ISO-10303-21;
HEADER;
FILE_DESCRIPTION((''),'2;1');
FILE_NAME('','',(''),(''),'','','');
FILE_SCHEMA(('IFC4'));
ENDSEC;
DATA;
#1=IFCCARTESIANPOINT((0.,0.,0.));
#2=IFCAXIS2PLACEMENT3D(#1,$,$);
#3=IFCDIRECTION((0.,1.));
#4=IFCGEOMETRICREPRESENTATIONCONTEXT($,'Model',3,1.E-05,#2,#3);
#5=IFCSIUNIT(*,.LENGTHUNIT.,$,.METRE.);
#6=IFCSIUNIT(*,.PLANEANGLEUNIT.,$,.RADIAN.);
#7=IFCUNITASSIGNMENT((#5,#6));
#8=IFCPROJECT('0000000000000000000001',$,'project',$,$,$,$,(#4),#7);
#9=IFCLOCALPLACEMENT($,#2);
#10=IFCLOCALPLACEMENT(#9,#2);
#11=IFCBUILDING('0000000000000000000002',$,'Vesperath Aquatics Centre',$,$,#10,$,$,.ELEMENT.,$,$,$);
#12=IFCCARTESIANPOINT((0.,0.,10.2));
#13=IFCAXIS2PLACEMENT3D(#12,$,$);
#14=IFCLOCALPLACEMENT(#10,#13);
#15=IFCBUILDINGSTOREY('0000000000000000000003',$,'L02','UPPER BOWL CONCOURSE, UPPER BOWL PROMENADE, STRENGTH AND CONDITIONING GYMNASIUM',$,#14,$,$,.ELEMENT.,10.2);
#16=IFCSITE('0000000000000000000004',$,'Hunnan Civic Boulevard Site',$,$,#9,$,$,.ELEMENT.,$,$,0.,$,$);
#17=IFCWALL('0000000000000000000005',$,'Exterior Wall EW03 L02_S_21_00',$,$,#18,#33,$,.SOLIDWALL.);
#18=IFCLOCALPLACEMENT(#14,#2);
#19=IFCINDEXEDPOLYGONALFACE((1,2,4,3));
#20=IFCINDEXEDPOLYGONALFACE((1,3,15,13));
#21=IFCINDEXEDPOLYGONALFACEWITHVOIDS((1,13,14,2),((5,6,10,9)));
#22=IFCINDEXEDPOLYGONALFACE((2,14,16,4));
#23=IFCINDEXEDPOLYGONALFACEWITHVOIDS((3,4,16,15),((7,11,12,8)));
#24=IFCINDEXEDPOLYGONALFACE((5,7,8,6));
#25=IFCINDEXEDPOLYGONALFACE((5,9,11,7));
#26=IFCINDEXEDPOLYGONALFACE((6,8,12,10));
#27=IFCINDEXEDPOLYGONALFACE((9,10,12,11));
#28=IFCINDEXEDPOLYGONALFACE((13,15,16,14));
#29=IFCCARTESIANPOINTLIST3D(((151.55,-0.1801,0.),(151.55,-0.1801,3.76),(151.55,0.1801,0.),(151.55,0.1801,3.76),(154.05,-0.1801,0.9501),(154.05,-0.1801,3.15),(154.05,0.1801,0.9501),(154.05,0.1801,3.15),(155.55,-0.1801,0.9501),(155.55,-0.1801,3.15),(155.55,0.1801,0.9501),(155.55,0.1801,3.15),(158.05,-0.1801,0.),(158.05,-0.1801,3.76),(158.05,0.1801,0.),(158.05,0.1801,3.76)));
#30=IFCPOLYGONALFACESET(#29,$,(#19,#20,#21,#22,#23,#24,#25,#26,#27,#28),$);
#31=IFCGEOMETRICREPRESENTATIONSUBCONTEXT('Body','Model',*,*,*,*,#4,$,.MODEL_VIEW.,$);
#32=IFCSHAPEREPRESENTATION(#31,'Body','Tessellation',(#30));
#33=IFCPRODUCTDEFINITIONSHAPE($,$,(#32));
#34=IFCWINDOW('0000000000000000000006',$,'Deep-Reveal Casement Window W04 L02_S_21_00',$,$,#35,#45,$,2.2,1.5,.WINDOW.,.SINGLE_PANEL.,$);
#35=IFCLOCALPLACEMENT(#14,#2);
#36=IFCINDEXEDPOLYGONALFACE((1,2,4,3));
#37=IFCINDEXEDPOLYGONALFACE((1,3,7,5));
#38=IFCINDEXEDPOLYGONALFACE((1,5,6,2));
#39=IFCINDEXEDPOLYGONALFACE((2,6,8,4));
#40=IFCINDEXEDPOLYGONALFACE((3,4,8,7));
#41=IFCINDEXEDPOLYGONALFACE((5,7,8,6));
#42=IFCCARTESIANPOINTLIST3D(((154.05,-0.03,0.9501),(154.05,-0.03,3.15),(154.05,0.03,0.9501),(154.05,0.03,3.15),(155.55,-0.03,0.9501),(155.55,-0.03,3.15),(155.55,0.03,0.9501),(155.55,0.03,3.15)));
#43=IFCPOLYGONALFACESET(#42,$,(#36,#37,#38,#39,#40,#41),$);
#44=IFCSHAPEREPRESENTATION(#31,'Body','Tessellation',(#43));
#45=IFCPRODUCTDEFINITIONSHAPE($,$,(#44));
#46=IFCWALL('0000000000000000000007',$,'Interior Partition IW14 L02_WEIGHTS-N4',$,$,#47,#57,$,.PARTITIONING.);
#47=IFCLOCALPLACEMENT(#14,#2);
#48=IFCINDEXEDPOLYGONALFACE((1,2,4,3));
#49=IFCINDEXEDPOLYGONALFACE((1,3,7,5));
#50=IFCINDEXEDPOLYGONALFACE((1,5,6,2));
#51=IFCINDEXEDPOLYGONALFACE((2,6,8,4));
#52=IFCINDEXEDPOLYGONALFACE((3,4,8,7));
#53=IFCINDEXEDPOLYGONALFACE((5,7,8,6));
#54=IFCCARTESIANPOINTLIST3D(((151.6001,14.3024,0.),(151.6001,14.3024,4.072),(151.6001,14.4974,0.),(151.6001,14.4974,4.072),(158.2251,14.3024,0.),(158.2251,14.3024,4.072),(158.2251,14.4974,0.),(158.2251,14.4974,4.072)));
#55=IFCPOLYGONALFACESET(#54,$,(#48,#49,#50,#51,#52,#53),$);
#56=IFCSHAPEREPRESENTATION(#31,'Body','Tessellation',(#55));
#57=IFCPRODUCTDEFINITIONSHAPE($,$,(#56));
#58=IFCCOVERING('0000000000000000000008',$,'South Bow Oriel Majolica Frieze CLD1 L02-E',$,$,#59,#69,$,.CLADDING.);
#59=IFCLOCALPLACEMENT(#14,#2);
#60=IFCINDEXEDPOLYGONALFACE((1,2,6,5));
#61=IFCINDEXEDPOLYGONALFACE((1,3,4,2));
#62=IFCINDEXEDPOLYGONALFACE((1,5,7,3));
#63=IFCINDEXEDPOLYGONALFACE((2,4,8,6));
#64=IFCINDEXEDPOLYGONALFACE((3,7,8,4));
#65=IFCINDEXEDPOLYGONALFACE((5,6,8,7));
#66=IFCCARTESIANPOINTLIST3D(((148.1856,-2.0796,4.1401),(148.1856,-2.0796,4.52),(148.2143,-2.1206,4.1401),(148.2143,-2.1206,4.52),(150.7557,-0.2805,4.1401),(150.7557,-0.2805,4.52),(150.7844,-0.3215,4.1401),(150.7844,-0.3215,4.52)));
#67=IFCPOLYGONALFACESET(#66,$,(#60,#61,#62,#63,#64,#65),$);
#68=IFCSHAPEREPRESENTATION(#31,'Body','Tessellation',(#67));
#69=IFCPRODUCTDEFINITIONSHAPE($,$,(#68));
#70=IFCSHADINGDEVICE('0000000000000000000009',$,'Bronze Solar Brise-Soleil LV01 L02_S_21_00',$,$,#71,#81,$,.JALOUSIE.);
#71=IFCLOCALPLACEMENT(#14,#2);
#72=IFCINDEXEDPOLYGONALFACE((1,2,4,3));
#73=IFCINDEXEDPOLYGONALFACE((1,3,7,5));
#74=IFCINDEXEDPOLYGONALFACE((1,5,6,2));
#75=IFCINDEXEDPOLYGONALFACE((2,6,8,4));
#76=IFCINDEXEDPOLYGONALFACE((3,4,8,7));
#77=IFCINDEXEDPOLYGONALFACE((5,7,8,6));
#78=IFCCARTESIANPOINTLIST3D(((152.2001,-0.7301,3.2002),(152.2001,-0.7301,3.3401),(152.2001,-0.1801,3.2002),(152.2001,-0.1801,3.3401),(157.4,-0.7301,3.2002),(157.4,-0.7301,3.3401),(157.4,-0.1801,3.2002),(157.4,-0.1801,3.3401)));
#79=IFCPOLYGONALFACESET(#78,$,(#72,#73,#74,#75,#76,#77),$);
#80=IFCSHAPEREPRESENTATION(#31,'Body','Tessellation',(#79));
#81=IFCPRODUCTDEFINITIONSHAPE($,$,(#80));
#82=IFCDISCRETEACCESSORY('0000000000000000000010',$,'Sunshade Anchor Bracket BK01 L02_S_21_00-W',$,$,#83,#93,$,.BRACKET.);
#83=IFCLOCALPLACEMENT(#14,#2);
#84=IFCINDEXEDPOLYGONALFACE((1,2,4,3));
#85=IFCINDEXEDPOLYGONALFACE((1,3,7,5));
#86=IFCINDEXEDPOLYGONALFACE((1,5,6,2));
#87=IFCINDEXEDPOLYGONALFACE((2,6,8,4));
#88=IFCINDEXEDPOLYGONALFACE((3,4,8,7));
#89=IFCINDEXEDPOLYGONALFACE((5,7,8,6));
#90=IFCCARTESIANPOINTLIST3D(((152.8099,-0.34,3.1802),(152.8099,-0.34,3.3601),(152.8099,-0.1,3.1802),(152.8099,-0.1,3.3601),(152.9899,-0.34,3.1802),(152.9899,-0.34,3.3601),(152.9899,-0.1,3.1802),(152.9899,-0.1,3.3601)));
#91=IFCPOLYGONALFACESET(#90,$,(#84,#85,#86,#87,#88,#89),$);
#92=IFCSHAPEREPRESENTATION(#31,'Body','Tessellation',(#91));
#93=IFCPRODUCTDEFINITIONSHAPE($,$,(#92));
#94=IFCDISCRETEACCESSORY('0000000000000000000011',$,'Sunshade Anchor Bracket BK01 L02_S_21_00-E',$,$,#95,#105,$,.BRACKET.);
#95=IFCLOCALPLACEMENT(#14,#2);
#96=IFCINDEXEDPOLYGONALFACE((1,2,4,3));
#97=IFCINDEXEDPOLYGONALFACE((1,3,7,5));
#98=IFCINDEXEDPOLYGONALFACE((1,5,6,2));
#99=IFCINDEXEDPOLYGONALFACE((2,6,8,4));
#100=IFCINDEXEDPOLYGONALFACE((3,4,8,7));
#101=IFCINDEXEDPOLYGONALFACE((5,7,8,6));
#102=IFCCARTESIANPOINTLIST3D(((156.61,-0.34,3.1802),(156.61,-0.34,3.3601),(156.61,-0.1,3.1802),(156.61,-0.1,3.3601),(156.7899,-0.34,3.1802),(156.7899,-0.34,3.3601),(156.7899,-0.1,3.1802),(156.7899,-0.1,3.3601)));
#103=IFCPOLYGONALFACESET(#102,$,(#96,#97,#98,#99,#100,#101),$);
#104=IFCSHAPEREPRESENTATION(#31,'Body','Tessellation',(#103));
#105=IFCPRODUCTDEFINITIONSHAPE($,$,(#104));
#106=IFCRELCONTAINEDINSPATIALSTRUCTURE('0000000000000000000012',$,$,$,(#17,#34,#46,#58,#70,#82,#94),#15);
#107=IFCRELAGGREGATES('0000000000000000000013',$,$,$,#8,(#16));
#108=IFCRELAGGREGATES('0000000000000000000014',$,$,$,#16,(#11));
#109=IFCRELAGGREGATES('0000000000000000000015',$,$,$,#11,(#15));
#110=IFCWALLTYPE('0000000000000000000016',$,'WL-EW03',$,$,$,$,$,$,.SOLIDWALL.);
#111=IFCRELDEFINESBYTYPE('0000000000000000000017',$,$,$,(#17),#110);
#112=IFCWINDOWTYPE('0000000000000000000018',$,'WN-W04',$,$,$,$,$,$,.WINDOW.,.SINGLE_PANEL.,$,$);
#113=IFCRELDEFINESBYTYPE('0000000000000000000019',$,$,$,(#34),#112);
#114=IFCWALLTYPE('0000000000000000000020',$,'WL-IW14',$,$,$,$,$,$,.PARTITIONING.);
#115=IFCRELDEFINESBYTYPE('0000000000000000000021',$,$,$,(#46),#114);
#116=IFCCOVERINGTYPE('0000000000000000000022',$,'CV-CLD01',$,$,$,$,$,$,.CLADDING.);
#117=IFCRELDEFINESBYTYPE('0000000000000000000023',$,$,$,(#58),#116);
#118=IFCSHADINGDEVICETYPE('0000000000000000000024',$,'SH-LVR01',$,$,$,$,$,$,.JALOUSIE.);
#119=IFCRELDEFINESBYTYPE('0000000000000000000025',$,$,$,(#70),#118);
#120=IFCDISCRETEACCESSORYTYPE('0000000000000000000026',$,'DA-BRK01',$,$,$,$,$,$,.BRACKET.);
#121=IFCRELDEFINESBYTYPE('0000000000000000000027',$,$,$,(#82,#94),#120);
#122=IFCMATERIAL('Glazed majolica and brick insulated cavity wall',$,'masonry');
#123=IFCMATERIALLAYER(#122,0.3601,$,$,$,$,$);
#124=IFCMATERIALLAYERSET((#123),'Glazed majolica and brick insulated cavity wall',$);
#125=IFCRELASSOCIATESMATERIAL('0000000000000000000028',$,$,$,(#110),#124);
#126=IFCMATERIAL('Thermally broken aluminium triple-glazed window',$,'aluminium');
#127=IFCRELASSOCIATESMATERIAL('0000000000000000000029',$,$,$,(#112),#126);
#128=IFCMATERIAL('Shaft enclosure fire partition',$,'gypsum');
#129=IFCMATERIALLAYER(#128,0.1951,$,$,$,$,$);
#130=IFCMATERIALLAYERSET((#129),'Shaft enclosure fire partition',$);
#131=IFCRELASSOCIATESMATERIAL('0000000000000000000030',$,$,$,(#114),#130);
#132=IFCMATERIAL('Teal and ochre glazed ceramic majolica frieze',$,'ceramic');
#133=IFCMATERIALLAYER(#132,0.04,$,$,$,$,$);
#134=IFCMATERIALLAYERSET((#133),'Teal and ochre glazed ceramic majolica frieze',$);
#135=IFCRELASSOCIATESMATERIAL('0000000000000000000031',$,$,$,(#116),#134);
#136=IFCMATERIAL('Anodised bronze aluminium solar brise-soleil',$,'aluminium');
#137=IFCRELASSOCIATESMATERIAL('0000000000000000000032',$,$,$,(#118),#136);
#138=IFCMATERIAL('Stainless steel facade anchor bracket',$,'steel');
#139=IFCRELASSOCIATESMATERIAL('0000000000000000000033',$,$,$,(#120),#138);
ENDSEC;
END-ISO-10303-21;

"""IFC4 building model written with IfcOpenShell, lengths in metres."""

from ifc_helpers import new_model, si_unit, direction, frame, frame_2d, origin, origin_2d, place, context, subcontext, project, spatial, rectangle, extrude, material, layer, layer_set, type_object, element, fill, save


model = new_model("IFC4")

# Units and contexts
model_context = context("Model", 3, precision=1e-05, world=origin(), true_north=direction((0.0, 1.0)))
body_context = subcontext(model_context, "Body", "Model", "MODEL_VIEW")
ifc_project = project(units=[si_unit("LENGTHUNIT", "METRE"), si_unit("PLANEANGLEUNIT", "RADIAN")], contexts=[model_context])

# Site, building, storey
site_placement = place(None, origin())
site = spatial("IfcSite", under=ifc_project, at=site_placement, Name="Hunnan Civic Boulevard Site", CompositionType="ELEMENT", RefElevation=0.0)
building_placement = place(site_placement, origin())
building = spatial("IfcBuilding", under=site, at=building_placement, Name="Vesperath Aquatics Centre", CompositionType="ELEMENT")
storey_placement = place(building_placement, frame((0.0, 0.0, 10.2)))
storey = spatial("IfcBuildingStorey", under=building, at=storey_placement, Name="L02", Description="UPPER BOWL CONCOURSE, UPPER BOWL PROMENADE, STRENGTH AND CONDITIONING GYMNASIUM", CompositionType="ELEMENT", Elevation=10.2)

# Wall, opening, window
ifc_material_1 = material(Name="Glazed majolica and brick insulated cavity wall", Category="masonry")
ifc_layer_1 = layer(ifc_material_1, 0.3601)
ifc_layer_set_1 = layer_set([ifc_layer_1], Name="Glazed majolica and brick insulated cavity wall")
wall_type_1 = type_object("IfcWallType", Name="WL-EW03", PredefinedType="SOLIDWALL", material=ifc_layer_set_1)
wall_1_placement = place(storey_placement, frame((151.55, 0.0, 0.0), z_axis=(0.0, 0.0, 1.0), x_axis=(1.0, 0.0, 0.0)))
wall_1 = element("IfcWall", 1, at=wall_1_placement, inside=storey, type_object=wall_type_1, Name="Exterior Wall EW03 L02_S_21_00", PredefinedType="SOLIDWALL", context=body_context, shape_type="SweptSolid", body=[
    extrude(rectangle(XDim=6.5, YDim=0.3601, at=frame_2d((3.25, 0.0))), origin(), (0.0, 0.0, 1.0), 3.76),
])
opening_placement = place(wall_1_placement, frame((2.5, 0.0, 0.95)))
opening = element("IfcOpeningElement", 2, at=opening_placement, cuts=wall_1, PredefinedType="OPENING", context=body_context, shape_type="SweptSolid", body=[
    extrude(rectangle(XDim=1.5, YDim=2.2, at=frame_2d((0.75, 1.1001))), frame((0.0, 0.1948, 0.0), z_axis=(0.0, -1.0, 0.0), x_axis=(1.0, 0.0, 0.0)), (0.0, 0.0, 1.0), 0.3899),
])
ifc_material_2 = material(Name="Thermally broken aluminium triple-glazed window", Category="aluminium")
window_type = type_object("IfcWindowType", Name="WN-W04", PartitioningType="SINGLE_PANEL", PredefinedType="WINDOW", material=ifc_material_2)
window_placement = place(opening_placement, origin())
window = element("IfcWindow", 3, at=window_placement, inside=storey, type_object=window_type, Name="Deep-Reveal Casement Window W04 L02_S_21_00", OverallHeight=2.2, OverallWidth=1.5, PartitioningType="SINGLE_PANEL", PredefinedType="WINDOW", context=body_context, shape_type="SweptSolid", body=[
    extrude(rectangle(XDim=1.5, YDim=2.2, at=frame_2d((0.75, 1.1001))), frame((0.0, 0.03, 0.0), z_axis=(0.0, -1.0, 0.0), x_axis=(1.0, 0.0, 0.0)), (0.0, 0.0, 1.0), 0.0601),
])
fill(opening, window)

# Wall
ifc_material_3 = material(Name="Shaft enclosure fire partition", Category="gypsum")
ifc_layer_2 = layer(ifc_material_3, 0.1951)
ifc_layer_set_2 = layer_set([ifc_layer_2], Name="Shaft enclosure fire partition")
wall_type_2 = type_object("IfcWallType", Name="WL-IW14", PredefinedType="PARTITIONING", material=ifc_layer_set_2)
wall_2_placement = place(storey_placement, frame((151.6001, 14.3999, 0.0), z_axis=(0.0, 0.0, 1.0), x_axis=(1.0, 0.0, 0.0)))
element("IfcWall", 4, at=wall_2_placement, inside=storey, type_object=wall_type_2, Name="Interior Partition IW14 L02_WEIGHTS-N4", PredefinedType="PARTITIONING", context=body_context, shape_type="SweptSolid", body=[
    extrude(rectangle(XDim=6.625, YDim=0.1951, at=frame_2d((3.3125, 0.0))), origin(), (0.0, 0.0, 1.0), 4.072),
])

# Covering
ifc_material_4 = material(Name="Teal and ochre glazed ceramic majolica frieze", Category="ceramic")
ifc_layer_3 = layer(ifc_material_4, 0.04)
ifc_layer_set_3 = layer_set([ifc_layer_3], Name="Teal and ochre glazed ceramic majolica frieze")
covering_type = type_object("IfcCoveringType", Name="CV-CLD01", PredefinedType="CLADDING", material=ifc_layer_set_3)
covering_placement = place(storey_placement, frame((148.2, -2.1001, 4.1401), z_axis=(0.0, 0.0, 1.0), x_axis=(0.819228, 0.573468, 0.0)))
element("IfcCovering", 5, at=covering_placement, inside=storey, type_object=covering_type, Name="South Bow Oriel Majolica Frieze CLD1 L02-E", PredefinedType="CLADDING", context=body_context, shape_type="SweptSolid", body=[
    extrude(rectangle(XDim=3.1372, YDim=0.05, at=frame_2d((1.5686, 0.0))), origin(), (0.0, 0.0, 1.0), 0.3799),
])

# Shading device
ifc_material_5 = material(Name="Anodised bronze aluminium solar brise-soleil", Category="aluminium")
shading_device_type = type_object("IfcShadingDeviceType", Name="SH-LVR01", PredefinedType="JALOUSIE", material=ifc_material_5)
shading_device_placement = place(storey_placement, frame((154.8, -0.4551, 3.2002), z_axis=(0.0, 0.0, 1.0), x_axis=(1.0, 0.0, 0.0)))
element("IfcShadingDevice", 6, at=shading_device_placement, inside=storey, type_object=shading_device_type, Name="Bronze Solar Brise-Soleil LV01 L02_S_21_00", PredefinedType="JALOUSIE", context=body_context, shape_type="SweptSolid", body=[
    extrude(rectangle(XDim=5.2, YDim=0.55, at=origin_2d()), origin(), (0.0, 0.0, 1.0), 0.1399),
])

# Discrete accessories
ifc_material_6 = material(Name="Stainless steel facade anchor bracket", Category="steel")
discrete_accessory_type = type_object("IfcDiscreteAccessoryType", Name="DA-BRK01", PredefinedType="BRACKET", material=ifc_material_6)
for number, where, z_axis, x_axis, name in (
    (7, (152.8999, -0.22, 3.1802), (0.0, 0.0, 1.0), (1.0, 0.0, 0.0), "Sunshade Anchor Bracket BK01 L02_S_21_00-W"),
    (8, (156.7, -0.22, 3.1802), (0.0, 0.0, 1.0), (1.0, 0.0, 0.0), "Sunshade Anchor Bracket BK01 L02_S_21_00-E"),
):
    element("IfcDiscreteAccessory", number, at=place(storey_placement, frame(where, z_axis=z_axis, x_axis=x_axis)), inside=storey, type_object=discrete_accessory_type, Name=name, PredefinedType="BRACKET", context=body_context, shape_type="SweptSolid", body=[
        extrude(rectangle(XDim=0.1799, YDim=0.24, at=origin_2d()), origin(), (0.0, 0.0, 1.0), 0.1799),
    ])

save(model, "model.ifc")
